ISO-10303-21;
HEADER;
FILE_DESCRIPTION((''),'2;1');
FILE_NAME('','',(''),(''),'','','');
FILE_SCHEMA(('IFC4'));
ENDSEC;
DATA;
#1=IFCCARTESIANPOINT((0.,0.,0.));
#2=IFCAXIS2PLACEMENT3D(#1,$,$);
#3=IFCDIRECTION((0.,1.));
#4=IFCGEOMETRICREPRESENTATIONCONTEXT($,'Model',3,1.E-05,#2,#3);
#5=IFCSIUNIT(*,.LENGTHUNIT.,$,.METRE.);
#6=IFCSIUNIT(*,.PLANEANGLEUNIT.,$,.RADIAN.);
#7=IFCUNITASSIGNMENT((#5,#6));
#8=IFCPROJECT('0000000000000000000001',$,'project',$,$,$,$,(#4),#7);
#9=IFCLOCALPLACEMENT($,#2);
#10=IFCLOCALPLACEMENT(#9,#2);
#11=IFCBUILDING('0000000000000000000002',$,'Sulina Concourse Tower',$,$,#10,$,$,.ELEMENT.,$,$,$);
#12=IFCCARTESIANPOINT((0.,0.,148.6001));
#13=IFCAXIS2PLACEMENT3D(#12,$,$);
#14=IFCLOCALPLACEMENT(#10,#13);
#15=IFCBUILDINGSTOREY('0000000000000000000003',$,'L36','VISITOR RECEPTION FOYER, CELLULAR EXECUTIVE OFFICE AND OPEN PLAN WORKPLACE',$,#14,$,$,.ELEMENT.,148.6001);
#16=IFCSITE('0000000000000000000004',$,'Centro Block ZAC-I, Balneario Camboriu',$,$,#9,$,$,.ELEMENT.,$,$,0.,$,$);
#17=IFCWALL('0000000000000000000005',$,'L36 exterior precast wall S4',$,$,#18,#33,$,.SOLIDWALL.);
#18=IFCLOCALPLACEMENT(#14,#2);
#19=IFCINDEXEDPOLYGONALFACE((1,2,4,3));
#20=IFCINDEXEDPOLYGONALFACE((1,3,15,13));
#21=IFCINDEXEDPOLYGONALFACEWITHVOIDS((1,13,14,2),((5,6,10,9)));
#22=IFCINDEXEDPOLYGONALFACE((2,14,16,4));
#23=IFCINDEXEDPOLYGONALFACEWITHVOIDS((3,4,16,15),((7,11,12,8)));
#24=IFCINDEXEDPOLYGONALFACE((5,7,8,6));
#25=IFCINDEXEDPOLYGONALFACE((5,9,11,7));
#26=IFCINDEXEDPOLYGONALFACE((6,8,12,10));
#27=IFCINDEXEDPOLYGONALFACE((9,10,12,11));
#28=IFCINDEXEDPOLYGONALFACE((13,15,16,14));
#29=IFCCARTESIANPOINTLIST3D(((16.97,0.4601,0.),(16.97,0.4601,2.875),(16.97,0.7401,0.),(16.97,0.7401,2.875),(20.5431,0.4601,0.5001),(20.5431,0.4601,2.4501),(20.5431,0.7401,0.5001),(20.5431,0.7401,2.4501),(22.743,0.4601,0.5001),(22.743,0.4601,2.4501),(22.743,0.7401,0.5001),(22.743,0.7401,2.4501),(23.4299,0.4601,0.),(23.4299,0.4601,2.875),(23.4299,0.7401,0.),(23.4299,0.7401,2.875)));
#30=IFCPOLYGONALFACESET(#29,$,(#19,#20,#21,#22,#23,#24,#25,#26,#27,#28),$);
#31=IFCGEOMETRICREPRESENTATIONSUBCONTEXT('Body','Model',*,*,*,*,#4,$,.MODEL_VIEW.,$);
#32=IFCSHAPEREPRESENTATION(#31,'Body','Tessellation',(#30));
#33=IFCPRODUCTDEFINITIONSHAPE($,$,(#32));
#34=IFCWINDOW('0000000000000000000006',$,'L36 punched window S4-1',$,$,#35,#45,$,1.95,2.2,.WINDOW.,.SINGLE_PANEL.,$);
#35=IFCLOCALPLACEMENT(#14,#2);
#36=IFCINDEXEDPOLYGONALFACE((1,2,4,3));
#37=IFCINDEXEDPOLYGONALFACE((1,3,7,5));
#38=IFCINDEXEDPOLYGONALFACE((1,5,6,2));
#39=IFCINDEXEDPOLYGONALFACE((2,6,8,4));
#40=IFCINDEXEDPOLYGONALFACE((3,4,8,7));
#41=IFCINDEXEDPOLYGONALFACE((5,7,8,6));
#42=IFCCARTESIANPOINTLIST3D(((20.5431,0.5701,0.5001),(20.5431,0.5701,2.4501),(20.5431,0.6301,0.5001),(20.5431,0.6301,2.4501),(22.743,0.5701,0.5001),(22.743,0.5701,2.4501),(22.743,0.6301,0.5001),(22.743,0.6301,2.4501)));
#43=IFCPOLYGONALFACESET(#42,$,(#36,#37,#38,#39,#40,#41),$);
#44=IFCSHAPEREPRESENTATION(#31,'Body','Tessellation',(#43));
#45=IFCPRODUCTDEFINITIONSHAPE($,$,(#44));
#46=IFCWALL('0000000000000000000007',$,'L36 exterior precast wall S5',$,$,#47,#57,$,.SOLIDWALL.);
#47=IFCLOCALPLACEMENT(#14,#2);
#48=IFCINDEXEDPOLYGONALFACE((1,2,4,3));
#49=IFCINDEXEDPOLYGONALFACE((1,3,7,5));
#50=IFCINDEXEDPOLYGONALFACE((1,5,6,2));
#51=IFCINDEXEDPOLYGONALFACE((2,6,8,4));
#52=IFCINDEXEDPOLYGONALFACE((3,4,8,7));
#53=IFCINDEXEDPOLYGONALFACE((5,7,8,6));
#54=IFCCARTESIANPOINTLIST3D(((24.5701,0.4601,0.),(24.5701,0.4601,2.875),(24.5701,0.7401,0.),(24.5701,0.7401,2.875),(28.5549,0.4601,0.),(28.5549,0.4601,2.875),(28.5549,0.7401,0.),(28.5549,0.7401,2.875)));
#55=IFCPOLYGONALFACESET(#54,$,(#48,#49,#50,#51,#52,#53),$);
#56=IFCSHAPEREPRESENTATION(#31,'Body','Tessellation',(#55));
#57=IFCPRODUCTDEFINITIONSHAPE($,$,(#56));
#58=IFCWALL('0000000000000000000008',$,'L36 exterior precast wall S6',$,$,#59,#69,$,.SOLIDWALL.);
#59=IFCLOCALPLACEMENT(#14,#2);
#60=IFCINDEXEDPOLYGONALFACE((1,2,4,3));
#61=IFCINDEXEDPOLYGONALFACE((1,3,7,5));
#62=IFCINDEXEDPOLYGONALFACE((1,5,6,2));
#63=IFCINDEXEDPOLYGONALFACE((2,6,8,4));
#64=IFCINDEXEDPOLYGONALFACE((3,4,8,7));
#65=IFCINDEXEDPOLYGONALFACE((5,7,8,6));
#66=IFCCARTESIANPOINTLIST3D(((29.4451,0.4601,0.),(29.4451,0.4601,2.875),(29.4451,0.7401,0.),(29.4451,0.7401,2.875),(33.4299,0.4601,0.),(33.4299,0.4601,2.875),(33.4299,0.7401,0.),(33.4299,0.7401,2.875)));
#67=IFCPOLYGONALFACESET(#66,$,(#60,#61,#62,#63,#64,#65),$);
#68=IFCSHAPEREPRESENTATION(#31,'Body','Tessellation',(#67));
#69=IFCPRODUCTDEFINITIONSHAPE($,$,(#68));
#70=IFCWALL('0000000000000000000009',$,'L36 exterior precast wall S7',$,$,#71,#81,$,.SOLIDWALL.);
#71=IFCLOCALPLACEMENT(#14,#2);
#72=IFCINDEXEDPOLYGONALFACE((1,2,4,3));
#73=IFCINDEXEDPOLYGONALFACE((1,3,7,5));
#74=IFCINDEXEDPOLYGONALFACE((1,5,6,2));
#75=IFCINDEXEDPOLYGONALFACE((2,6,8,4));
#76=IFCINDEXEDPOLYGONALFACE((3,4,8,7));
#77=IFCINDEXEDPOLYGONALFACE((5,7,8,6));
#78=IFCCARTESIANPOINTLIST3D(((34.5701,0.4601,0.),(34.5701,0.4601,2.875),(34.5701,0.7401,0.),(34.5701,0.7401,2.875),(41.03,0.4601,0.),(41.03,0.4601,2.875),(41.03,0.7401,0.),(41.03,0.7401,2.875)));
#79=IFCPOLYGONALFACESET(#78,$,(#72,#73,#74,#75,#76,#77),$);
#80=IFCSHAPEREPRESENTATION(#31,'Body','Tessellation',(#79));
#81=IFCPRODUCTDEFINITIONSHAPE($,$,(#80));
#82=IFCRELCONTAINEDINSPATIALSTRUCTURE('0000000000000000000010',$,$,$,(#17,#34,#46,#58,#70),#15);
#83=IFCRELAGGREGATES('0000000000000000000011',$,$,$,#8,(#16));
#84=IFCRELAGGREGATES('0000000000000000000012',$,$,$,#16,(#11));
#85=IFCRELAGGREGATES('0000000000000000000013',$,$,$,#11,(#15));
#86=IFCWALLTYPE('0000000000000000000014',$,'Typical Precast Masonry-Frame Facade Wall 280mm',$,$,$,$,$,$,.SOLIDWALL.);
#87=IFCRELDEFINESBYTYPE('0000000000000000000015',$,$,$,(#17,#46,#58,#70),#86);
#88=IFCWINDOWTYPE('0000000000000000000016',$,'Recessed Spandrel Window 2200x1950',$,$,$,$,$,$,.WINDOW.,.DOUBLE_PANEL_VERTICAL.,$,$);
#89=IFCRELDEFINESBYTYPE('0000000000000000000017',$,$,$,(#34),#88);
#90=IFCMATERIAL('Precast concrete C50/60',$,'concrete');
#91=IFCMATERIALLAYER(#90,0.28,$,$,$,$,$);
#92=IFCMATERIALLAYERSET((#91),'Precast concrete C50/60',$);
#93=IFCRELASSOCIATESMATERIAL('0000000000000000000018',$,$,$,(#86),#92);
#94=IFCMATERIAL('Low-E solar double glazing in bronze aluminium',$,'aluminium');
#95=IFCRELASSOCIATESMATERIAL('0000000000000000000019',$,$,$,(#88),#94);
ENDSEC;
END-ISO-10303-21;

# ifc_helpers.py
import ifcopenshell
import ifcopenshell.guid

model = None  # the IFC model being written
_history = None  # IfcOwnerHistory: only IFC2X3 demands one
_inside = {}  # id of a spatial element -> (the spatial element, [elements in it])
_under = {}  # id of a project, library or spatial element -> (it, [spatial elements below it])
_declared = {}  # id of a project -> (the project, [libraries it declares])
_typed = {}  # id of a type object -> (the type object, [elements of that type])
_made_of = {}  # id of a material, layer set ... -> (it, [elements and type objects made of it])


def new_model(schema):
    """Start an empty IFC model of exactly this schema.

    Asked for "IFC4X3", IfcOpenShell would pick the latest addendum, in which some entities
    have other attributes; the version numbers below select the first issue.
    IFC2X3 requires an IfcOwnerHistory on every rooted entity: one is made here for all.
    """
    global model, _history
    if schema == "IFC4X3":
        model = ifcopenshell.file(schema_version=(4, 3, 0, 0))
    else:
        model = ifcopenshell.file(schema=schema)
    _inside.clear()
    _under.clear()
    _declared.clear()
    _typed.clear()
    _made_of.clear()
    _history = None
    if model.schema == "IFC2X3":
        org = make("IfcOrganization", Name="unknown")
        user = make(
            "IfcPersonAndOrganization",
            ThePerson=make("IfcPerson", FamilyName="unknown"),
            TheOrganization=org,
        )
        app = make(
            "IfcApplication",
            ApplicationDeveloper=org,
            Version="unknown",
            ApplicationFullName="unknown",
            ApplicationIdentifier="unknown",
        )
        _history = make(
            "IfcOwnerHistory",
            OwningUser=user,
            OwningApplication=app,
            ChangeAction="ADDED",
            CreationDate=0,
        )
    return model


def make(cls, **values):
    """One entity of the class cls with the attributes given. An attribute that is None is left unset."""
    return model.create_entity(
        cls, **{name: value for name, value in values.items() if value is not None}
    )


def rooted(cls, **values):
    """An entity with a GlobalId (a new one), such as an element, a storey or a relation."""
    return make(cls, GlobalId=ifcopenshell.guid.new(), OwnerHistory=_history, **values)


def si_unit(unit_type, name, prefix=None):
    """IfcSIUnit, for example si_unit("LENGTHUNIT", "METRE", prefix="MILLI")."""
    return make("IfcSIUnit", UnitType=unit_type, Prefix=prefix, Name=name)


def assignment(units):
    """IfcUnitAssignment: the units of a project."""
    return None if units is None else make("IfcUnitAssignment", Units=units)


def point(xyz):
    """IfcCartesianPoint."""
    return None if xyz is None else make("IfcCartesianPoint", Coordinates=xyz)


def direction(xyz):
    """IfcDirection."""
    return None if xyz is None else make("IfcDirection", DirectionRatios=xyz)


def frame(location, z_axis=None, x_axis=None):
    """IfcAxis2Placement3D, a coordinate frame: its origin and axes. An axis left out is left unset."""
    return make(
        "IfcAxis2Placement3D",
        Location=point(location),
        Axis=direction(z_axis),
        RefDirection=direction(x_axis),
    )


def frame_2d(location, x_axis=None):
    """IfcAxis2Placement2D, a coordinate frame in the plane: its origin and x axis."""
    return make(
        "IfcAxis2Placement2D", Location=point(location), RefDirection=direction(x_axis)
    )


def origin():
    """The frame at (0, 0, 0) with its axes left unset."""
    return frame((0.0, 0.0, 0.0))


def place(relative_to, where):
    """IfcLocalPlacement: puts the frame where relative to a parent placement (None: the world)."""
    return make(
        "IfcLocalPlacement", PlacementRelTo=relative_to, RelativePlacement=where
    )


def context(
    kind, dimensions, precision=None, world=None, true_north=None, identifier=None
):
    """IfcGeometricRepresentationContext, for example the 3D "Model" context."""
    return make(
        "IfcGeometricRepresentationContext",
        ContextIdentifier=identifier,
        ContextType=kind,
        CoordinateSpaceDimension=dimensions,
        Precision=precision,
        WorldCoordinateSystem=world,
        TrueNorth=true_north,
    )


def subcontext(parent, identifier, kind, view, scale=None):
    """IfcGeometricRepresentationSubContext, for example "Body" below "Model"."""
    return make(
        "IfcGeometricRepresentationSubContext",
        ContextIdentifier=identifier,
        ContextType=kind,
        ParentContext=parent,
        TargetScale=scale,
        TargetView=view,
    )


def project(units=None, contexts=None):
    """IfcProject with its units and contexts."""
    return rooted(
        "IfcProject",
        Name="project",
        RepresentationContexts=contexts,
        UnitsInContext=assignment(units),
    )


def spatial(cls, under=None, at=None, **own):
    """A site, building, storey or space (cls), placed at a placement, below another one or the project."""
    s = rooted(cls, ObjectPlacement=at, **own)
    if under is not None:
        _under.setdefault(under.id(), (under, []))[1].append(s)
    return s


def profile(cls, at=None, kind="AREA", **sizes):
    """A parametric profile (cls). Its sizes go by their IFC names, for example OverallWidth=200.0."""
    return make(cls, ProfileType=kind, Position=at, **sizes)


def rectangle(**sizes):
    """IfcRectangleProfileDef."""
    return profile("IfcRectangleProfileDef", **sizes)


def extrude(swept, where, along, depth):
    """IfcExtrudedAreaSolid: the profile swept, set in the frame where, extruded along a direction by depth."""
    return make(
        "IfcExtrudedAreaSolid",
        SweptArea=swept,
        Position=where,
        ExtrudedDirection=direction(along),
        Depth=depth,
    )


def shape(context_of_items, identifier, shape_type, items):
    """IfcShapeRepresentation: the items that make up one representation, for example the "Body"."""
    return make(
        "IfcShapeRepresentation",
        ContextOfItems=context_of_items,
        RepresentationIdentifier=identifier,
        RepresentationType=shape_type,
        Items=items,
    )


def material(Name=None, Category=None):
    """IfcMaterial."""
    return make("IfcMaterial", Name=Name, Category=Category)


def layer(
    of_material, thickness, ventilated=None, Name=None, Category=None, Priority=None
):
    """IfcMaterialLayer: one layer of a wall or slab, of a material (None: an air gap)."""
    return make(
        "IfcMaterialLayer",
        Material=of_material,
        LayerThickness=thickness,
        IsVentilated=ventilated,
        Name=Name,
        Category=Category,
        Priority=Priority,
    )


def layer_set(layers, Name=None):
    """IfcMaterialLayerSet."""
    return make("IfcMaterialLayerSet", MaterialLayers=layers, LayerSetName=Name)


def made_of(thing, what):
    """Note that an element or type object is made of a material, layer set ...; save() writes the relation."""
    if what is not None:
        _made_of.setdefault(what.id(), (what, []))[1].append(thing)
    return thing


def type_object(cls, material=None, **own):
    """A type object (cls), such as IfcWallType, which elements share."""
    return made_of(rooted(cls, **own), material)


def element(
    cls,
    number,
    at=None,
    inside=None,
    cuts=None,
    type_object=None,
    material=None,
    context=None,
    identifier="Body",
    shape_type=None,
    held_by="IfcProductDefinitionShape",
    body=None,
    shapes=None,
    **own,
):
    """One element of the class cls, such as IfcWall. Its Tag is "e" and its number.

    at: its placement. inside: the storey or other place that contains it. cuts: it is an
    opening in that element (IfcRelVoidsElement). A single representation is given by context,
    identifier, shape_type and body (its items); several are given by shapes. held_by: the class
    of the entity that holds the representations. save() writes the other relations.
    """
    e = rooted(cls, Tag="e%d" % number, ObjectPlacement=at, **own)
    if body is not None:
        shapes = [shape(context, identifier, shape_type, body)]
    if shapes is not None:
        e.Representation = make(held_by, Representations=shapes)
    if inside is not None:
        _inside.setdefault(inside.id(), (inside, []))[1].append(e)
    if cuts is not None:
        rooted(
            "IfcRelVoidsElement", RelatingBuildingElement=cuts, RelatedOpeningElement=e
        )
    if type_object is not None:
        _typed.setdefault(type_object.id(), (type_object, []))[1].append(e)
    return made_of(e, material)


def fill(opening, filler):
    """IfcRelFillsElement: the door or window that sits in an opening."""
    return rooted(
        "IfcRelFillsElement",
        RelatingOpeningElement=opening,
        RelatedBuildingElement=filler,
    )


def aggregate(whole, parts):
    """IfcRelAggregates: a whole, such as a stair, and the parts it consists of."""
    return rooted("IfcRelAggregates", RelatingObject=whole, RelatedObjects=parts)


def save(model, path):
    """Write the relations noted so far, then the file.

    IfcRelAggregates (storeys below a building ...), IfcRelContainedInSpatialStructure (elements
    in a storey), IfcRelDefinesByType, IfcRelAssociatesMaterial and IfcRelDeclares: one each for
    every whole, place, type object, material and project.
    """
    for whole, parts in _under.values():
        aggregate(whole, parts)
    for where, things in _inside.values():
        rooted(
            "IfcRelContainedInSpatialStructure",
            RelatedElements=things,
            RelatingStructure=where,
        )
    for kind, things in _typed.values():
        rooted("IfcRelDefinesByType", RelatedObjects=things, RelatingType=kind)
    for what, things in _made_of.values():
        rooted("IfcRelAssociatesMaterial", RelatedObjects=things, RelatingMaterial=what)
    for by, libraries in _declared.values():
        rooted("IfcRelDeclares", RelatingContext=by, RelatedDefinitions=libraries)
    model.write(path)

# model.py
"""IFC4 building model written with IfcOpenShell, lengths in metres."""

from ifc_helpers import new_model, si_unit, direction, frame, frame_2d, origin, place, context, subcontext, project, spatial, rectangle, extrude, material, layer, layer_set, type_object, element, fill, save


model = new_model("IFC4")

# Units and contexts
model_context = context("Model", 3, precision=1e-05, world=origin(), true_north=direction((0.0, 1.0)))
body_context = subcontext(model_context, "Body", "Model", "MODEL_VIEW")
ifc_project = project(units=[si_unit("LENGTHUNIT", "METRE"), si_unit("PLANEANGLEUNIT", "RADIAN")], contexts=[model_context])

# Site, building, storey
site_placement = place(None, origin())
site = spatial("IfcSite", under=ifc_project, at=site_placement, Name="Centro Block ZAC-I, Balneario Camboriu", CompositionType="ELEMENT", RefElevation=0.0)
building_placement = place(site_placement, origin())
building = spatial("IfcBuilding", under=site, at=building_placement, Name="Sulina Concourse Tower", CompositionType="ELEMENT")
storey_placement = place(building_placement, frame((0.0, 0.0, 148.6001)))
storey = spatial("IfcBuildingStorey", under=building, at=storey_placement, Name="L36", Description="VISITOR RECEPTION FOYER, CELLULAR EXECUTIVE OFFICE AND OPEN PLAN WORKPLACE", CompositionType="ELEMENT", Elevation=148.6001)

# Wall, opening, window
ifc_material_1 = material(Name="Precast concrete C50/60", Category="concrete")
ifc_layer_1 = layer(ifc_material_1, 0.28)
ifc_layer_set_1 = layer_set([ifc_layer_1], Name="Precast concrete C50/60")
wall_type_1 = type_object("IfcWallType", Name="Typical Precast Masonry-Frame Facade Wall 280mm", PredefinedType="SOLIDWALL", material=ifc_layer_set_1)
wall_1_placement = place(storey_placement, frame((23.4299, 0.6001, 0.0), z_axis=(0.0, 0.0, 1.0), x_axis=(-1.0, 0.0, 0.0)))
wall_1 = element("IfcWall", 1, at=wall_1_placement, inside=storey, type_object=wall_type_1, Name="L36 exterior precast wall S4", PredefinedType="SOLIDWALL", context=body_context, shape_type="SweptSolid", body=[
    extrude(rectangle(XDim=6.46, YDim=0.28, at=frame_2d((3.23, 0.0))), origin(), (0.0, 0.0, 1.0), 2.875),
])
opening_placement = place(wall_1_placement, frame((0.6868, 0.0, 0.5)))
opening = element("IfcOpeningElement", 2, at=opening_placement, cuts=wall_1, PredefinedType="OPENING", context=body_context, shape_type="SweptSolid", body=[
    extrude(rectangle(XDim=2.2, YDim=1.95, at=frame_2d((1.1001, 0.9751))), frame((0.0, 0.1499, 0.0), z_axis=(0.0, -1.0, 0.0), x_axis=(1.0, 0.0, 0.0)), (0.0, 0.0, 1.0), 0.3),
])
ifc_material_2 = material(Name="Low-E solar double glazing in bronze aluminium", Category="aluminium")
window_type = type_object("IfcWindowType", Name="Recessed Spandrel Window 2200x1950", PartitioningType="DOUBLE_PANEL_VERTICAL", PredefinedType="WINDOW", material=ifc_material_2)
window_placement = place(opening_placement, origin())
window = element("IfcWindow", 3, at=window_placement, inside=storey, type_object=window_type, Name="L36 punched window S4-1", OverallHeight=1.95, OverallWidth=2.2, PartitioningType="SINGLE_PANEL", PredefinedType="WINDOW", context=body_context, shape_type="SweptSolid", body=[
    extrude(rectangle(XDim=2.2, YDim=1.95, at=frame_2d((1.1001, 0.9751))), frame((0.0, 0.03, 0.0), z_axis=(0.0, -1.0, 0.0), x_axis=(1.0, 0.0, 0.0)), (0.0, 0.0, 1.0), 0.0601),
])
fill(opening, window)

# Walls
for number, where, z_axis, x_axis, name in (
    (4, (28.5549, 0.6001, 0.0), (0.0, 0.0, 1.0), (-1.0, 0.0, 0.0), "L36 exterior precast wall S5"),
    (5, (33.4299, 0.6001, 0.0), (0.0, 0.0, 1.0), (-1.0, 0.0, 0.0), "L36 exterior precast wall S6"),
):
    element("IfcWall", number, at=place(storey_placement, frame(where, z_axis=z_axis, x_axis=x_axis)), inside=storey, type_object=wall_type_1, Name=name, PredefinedType="SOLIDWALL", context=body_context, shape_type="SweptSolid", body=[
        extrude(rectangle(XDim=3.9849, YDim=0.28, at=frame_2d((1.9924, 0.0))), origin(), (0.0, 0.0, 1.0), 2.875),
    ])
wall_2_placement = place(storey_placement, frame((41.03, 0.6001, 0.0), z_axis=(0.0, 0.0, 1.0), x_axis=(-1.0, 0.0, 0.0)))
element("IfcWall", 6, at=wall_2_placement, inside=storey, type_object=wall_type_1, Name="L36 exterior precast wall S7", PredefinedType="SOLIDWALL", context=body_context, shape_type="SweptSolid", body=[
    extrude(rectangle(XDim=6.46, YDim=0.28, at=frame_2d((3.23, 0.0))), origin(), (0.0, 0.0, 1.0), 2.875),
])

save(model, "model.ifc")
